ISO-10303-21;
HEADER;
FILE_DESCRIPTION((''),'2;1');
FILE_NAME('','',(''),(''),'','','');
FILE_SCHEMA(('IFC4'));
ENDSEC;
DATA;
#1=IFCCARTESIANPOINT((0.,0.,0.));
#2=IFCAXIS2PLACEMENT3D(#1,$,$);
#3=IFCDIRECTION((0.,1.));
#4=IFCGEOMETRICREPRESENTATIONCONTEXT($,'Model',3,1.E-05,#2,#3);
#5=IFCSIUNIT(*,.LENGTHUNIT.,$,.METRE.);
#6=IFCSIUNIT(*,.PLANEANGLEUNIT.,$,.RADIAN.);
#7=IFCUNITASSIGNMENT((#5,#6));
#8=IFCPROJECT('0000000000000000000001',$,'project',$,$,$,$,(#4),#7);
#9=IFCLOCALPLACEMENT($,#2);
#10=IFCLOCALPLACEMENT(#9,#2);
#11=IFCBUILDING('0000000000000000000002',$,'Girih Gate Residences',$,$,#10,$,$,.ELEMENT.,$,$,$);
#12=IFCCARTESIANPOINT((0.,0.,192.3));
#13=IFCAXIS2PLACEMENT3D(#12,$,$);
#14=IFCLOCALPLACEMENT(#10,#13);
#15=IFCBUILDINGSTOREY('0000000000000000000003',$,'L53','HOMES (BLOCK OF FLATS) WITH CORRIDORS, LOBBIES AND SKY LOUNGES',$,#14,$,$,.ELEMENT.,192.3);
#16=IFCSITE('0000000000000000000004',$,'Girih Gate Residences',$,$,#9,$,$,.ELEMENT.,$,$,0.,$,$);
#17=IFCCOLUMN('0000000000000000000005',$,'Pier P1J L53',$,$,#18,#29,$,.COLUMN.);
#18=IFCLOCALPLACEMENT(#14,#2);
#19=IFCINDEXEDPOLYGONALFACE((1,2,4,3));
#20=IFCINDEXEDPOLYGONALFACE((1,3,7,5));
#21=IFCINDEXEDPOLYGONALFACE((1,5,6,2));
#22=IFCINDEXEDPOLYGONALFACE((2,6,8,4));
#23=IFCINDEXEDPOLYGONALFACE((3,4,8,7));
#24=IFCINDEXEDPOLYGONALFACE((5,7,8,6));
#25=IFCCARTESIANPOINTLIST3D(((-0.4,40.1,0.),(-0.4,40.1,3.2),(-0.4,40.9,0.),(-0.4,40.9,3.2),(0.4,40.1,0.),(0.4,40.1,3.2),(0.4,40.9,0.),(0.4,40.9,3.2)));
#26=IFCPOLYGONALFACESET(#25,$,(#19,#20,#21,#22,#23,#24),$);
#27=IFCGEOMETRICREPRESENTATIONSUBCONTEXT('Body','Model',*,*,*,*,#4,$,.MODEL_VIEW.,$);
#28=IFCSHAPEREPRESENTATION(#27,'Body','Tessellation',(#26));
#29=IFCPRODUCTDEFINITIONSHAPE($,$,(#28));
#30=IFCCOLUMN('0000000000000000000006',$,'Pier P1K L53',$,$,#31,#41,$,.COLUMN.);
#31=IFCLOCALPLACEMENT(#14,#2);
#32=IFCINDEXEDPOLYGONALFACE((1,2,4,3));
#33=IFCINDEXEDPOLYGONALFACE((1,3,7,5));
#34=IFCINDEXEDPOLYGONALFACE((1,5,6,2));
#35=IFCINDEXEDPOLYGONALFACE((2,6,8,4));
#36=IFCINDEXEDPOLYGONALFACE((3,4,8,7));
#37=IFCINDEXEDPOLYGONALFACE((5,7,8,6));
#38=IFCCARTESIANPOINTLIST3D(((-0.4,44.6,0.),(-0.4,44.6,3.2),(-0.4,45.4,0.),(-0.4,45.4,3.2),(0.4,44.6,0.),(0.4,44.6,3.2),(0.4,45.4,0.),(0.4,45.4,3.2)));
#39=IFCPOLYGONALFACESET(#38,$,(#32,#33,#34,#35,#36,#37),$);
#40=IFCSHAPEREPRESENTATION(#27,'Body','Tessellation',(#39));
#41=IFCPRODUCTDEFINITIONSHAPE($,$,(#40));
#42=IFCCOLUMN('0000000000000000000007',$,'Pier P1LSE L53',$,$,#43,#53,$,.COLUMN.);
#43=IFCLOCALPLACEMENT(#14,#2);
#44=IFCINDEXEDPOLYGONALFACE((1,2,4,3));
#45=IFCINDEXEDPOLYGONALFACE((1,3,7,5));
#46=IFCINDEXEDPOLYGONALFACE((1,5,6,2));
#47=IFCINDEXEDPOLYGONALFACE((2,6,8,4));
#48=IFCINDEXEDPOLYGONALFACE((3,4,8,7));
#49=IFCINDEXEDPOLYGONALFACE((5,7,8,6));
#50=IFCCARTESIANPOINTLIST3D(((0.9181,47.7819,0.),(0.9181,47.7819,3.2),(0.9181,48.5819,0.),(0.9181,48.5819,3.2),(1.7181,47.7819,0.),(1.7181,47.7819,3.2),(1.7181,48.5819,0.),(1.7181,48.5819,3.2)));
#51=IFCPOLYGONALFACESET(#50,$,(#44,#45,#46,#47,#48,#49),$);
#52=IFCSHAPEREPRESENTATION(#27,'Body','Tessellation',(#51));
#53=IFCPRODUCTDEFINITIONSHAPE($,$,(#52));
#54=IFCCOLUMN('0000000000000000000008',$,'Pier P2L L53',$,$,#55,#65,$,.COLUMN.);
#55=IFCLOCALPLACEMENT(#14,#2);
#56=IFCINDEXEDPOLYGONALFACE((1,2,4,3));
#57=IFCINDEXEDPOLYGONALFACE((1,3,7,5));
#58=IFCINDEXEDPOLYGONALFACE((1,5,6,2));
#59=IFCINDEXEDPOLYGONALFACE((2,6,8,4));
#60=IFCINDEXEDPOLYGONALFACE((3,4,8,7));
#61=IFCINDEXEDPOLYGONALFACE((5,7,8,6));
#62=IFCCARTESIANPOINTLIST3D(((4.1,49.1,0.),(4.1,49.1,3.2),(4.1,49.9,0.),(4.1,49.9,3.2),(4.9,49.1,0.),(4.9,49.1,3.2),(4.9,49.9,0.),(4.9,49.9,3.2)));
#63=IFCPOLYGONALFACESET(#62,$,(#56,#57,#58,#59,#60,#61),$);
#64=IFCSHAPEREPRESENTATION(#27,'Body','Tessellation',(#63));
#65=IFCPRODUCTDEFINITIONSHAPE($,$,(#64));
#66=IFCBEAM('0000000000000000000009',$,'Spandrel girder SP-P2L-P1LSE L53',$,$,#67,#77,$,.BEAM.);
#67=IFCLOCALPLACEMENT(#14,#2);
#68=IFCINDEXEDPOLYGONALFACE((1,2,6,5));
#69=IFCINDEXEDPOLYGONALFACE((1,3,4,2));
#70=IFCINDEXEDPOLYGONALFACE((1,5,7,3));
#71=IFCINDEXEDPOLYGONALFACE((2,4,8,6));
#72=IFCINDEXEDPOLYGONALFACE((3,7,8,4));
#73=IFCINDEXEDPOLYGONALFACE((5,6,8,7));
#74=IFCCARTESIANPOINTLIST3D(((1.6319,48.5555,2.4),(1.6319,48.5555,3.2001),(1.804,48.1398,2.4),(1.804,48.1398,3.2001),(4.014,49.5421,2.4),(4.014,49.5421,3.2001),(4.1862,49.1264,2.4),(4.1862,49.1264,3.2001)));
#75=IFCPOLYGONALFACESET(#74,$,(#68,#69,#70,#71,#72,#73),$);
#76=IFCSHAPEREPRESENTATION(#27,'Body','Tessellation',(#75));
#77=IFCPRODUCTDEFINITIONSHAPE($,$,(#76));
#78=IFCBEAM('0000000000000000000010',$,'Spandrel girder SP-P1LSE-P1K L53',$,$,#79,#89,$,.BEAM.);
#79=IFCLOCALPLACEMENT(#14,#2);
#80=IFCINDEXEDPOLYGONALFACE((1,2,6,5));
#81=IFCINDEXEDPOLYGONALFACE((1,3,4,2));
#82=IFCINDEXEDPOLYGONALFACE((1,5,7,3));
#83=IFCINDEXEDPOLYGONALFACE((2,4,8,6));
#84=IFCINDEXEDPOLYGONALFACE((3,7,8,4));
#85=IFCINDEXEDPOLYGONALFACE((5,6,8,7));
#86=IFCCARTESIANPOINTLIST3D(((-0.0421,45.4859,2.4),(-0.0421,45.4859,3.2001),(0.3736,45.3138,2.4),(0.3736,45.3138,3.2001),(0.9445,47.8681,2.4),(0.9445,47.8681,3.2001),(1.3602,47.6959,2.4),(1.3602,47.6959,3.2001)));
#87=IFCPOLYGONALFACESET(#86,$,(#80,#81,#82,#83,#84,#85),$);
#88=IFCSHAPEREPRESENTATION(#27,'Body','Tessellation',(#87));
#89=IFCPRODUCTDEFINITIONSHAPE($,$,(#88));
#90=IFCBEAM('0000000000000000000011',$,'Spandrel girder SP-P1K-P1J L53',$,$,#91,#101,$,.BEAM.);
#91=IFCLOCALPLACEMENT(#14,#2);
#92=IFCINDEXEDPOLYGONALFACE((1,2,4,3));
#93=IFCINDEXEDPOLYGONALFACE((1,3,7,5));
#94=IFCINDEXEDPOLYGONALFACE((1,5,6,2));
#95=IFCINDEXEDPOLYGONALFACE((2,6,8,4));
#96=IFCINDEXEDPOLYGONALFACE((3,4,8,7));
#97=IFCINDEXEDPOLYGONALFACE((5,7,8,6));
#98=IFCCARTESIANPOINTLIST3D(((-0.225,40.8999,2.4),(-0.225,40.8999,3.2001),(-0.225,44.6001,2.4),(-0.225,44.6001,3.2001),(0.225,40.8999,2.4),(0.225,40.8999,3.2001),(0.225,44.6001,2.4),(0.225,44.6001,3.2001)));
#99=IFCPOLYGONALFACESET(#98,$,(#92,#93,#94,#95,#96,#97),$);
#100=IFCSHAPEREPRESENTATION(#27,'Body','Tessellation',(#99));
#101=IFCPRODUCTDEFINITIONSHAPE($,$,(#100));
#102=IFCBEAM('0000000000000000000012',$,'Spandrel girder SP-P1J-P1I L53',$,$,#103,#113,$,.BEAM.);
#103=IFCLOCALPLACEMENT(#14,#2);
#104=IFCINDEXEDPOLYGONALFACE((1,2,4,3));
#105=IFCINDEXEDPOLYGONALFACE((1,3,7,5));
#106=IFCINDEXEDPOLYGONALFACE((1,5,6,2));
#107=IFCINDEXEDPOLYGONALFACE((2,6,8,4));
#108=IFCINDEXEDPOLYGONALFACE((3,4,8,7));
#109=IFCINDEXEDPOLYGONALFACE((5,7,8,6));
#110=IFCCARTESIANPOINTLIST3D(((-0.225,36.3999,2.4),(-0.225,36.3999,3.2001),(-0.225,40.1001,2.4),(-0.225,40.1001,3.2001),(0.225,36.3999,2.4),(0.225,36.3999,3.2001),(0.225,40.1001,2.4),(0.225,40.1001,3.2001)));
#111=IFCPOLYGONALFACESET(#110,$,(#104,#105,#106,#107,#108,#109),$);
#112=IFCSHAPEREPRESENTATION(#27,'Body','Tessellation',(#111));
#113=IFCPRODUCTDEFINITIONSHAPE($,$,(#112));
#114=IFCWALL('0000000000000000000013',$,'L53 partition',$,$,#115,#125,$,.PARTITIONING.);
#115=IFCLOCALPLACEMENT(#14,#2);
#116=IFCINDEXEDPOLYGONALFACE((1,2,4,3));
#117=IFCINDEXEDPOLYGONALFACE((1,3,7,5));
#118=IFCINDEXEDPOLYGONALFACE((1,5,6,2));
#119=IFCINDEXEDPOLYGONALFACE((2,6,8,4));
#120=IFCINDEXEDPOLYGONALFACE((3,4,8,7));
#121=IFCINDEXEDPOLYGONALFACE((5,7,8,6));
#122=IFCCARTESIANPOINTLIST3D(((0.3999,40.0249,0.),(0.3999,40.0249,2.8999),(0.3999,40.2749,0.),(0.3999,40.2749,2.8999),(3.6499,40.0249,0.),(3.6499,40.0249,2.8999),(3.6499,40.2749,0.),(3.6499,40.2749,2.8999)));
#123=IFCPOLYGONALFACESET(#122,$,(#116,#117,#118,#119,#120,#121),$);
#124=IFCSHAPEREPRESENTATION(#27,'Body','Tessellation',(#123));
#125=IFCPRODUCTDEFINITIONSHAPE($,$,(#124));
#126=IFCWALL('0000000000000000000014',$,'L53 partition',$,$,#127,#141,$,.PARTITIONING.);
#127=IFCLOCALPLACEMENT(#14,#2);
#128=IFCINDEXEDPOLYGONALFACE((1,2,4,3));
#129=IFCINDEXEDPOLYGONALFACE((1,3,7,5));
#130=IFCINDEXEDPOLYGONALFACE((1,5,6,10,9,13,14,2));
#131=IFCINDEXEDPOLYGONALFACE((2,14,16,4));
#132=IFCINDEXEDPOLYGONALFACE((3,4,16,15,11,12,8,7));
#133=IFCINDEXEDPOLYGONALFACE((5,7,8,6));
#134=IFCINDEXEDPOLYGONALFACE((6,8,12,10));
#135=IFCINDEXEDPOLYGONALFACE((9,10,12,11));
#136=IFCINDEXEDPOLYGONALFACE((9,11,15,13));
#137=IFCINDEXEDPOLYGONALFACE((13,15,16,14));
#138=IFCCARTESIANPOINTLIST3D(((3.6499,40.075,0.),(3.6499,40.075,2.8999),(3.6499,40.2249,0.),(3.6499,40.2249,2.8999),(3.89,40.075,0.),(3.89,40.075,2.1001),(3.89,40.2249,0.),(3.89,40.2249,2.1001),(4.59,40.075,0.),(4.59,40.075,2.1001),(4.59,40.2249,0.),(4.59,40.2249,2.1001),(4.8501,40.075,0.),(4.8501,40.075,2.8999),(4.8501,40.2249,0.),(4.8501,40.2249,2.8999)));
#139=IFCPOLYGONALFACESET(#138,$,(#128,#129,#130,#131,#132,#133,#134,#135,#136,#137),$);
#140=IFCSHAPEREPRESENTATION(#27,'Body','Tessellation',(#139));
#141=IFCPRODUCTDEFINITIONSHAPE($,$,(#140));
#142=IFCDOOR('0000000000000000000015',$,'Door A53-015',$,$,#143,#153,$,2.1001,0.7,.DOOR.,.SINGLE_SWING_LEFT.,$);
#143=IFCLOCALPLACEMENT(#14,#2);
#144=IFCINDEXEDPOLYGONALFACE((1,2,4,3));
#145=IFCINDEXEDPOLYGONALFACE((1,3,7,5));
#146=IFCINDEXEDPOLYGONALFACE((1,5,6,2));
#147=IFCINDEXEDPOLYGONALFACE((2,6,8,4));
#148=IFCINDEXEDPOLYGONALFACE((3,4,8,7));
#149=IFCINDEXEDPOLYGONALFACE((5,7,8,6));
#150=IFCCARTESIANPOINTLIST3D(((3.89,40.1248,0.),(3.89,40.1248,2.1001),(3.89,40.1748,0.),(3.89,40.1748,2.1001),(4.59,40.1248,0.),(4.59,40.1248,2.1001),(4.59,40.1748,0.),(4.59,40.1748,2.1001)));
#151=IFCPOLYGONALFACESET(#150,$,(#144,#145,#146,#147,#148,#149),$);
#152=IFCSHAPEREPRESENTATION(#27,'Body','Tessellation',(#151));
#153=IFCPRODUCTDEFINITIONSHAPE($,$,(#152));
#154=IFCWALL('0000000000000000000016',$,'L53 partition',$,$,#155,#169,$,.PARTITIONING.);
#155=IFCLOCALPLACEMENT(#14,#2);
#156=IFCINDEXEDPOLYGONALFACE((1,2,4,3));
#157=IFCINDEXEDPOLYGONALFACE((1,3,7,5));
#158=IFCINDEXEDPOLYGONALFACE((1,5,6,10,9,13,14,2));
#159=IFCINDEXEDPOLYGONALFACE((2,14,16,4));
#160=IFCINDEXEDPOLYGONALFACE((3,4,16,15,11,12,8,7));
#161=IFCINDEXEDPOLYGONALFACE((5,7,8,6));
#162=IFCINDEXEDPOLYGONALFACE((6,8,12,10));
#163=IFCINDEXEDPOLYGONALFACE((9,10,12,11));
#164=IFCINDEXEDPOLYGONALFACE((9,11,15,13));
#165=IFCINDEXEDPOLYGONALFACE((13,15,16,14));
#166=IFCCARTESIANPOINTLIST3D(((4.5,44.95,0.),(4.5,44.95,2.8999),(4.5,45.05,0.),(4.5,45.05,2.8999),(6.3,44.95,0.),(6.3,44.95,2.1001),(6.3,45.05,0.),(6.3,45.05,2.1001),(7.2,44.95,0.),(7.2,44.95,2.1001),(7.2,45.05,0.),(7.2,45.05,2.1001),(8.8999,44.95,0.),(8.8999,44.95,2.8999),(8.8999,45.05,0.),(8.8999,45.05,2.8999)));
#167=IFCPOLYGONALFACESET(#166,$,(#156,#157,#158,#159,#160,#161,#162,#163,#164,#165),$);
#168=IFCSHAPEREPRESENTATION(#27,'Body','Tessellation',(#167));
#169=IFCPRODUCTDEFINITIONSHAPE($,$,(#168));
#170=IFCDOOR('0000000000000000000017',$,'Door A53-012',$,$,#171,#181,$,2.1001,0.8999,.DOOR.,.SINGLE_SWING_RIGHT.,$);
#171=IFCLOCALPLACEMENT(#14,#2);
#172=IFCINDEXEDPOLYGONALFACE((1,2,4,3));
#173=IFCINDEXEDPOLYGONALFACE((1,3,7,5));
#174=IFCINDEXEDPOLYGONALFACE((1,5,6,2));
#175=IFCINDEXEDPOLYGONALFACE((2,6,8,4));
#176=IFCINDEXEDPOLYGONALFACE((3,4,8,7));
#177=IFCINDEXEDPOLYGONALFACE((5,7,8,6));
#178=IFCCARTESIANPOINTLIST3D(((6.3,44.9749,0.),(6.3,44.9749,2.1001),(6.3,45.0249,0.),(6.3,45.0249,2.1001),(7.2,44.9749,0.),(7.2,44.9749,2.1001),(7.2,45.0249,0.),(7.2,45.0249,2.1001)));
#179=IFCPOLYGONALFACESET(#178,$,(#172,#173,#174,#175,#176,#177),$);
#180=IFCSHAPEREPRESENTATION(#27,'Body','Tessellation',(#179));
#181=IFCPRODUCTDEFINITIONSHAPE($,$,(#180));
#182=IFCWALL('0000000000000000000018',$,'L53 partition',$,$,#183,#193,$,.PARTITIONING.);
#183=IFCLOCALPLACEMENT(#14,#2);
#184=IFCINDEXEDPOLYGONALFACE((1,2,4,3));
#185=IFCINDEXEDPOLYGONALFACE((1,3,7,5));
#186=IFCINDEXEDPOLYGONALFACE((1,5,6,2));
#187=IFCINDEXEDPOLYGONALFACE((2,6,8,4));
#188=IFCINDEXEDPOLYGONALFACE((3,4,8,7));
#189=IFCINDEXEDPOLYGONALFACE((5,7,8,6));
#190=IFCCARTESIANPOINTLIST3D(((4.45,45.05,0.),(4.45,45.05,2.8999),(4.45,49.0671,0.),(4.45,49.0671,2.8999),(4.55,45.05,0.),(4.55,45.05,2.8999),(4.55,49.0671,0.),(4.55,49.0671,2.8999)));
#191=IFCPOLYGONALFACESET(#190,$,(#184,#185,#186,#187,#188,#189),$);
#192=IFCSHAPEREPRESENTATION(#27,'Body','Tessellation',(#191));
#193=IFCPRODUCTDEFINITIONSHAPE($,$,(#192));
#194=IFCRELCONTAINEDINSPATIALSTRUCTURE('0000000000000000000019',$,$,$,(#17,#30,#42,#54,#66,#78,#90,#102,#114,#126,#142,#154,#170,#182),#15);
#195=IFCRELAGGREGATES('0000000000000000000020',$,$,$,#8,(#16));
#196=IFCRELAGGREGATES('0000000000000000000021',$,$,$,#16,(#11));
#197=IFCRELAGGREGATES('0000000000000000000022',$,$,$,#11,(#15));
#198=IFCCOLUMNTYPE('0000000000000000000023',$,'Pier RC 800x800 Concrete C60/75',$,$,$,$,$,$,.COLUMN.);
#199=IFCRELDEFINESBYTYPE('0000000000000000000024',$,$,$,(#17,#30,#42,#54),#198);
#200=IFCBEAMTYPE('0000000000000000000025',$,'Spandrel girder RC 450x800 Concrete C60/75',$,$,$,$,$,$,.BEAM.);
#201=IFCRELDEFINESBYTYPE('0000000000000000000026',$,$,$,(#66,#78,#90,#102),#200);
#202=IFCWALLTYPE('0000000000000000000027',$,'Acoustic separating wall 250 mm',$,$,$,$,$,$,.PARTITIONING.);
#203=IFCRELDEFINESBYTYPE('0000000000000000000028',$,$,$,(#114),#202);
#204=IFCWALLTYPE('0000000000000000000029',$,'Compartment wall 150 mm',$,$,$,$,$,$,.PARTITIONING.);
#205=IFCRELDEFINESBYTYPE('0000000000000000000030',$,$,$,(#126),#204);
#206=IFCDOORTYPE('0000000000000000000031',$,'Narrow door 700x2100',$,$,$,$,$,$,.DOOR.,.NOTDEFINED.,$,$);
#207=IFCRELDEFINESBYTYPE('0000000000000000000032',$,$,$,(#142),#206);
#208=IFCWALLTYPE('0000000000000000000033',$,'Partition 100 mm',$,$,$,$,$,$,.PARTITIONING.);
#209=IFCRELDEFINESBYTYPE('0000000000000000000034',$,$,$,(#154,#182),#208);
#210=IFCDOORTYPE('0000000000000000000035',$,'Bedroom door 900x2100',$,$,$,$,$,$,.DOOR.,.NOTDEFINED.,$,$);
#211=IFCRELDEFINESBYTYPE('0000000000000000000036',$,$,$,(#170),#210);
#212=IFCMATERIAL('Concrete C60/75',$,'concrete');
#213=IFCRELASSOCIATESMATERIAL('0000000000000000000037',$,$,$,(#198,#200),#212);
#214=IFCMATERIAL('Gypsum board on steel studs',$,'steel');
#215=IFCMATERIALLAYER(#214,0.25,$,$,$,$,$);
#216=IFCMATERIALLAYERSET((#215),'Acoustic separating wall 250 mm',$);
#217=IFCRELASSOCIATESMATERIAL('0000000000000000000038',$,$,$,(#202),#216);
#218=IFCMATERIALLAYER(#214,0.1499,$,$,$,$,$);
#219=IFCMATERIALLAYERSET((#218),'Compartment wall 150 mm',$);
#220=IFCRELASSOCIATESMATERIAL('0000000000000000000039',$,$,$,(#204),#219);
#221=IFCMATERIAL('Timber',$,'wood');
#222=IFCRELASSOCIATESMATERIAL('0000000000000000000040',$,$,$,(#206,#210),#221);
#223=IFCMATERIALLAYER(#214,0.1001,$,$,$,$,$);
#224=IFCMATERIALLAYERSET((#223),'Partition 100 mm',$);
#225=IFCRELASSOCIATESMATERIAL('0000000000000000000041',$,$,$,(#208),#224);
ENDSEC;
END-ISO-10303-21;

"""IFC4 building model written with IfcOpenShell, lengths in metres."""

from ifc_helpers import new_model, si_unit, direction, frame, frame_2d, origin, origin_2d, place, context, subcontext, project, spatial, rectangle, extrude, material, layer, layer_set, material_profile, profile_set, type_object, element, fill, save


model = new_model("IFC4")

# Units and contexts
model_context = context("Model", 3, precision=1e-05, world=origin(), true_north=direction((0.0, 1.0)))
body_context = subcontext(model_context, "Body", "Model", "MODEL_VIEW")
ifc_project = project(units=[si_unit("LENGTHUNIT", "METRE"), si_unit("PLANEANGLEUNIT", "RADIAN")], contexts=[model_context])

# Site, building, storey
site_placement = place(None, origin())
site = spatial("IfcSite", under=ifc_project, at=site_placement, Name="Girih Gate Residences", CompositionType="ELEMENT", RefElevation=0.0)
building_placement = place(site_placement, origin())
building = spatial("IfcBuilding", under=site, at=building_placement, Name="Girih Gate Residences", CompositionType="ELEMENT")
storey_placement = place(building_placement, frame((0.0, 0.0, 192.3)))
storey = spatial("IfcBuildingStorey", under=building, at=storey_placement, Name="L53", Description="HOMES (BLOCK OF FLATS) WITH CORRIDORS, LOBBIES AND SKY LOUNGES", CompositionType="ELEMENT", Elevation=192.3)

# Columns
ifc_material_1 = material(Name="Concrete C60/75", Category="concrete")
ifc_material_profile_1 = material_profile(ifc_material_1, rectangle(XDim=0.8, YDim=0.8, at=origin_2d()))
ifc_profile_set_1 = profile_set([ifc_material_profile_1], Name="Concrete C60/75")
column_type = type_object("IfcColumnType", Name="Pier RC 800x800 Concrete C60/75", PredefinedType="COLUMN", material=ifc_profile_set_1)
for number, where, z_axis, x_axis, name in (
    (1, (0.0, 40.5, 0.0), (0.0, 0.0, 1.0), (1.0, 0.0, 0.0), "Pier P1J L53"),
    (2, (0.0, 45.0, 0.0), (0.0, 0.0, 1.0), (1.0, 0.0, 0.0), "Pier P1K L53"),
    (3, (1.3181, 48.1819, 0.0), (0.0, 0.0, 1.0), (1.0, 0.0, 0.0), "Pier P1LSE L53"),
    (4, (4.5, 49.5, 0.0), (0.0, 0.0, 1.0), (1.0, 0.0, 0.0), "Pier P2L L53"),
):
    element("IfcColumn", number, at=place(storey_placement, frame(where, z_axis=z_axis, x_axis=x_axis)), inside=storey, type_object=column_type, Name=name, PredefinedType="COLUMN", context=body_context, shape_type="SweptSolid", body=[
        extrude(rectangle(XDim=0.8, YDim=0.8, at=origin_2d()), origin(), (0.0, 0.0, 1.0), 3.2),
    ])

# Beams
ifc_material_profile_2 = material_profile(ifc_material_1, rectangle(XDim=0.45, YDim=0.8, at=origin_2d()))
ifc_profile_set_2 = profile_set([ifc_material_profile_2], Name="Concrete C60/75")
beam_type = type_object("IfcBeamType", Name="Spandrel girder RC 450x800 Concrete C60/75", PredefinedType="BEAM", material=ifc_profile_set_2)
for number, where, z_axis, x_axis, name in (
    (5, (4.1001, 49.3342, 2.8), (-0.923896, -0.382644, 0.0), (0.382644, -0.923896, 0.0), "Spandrel girder SP-P2L-P1LSE L53"),
    (6, (1.1523, 47.782, 2.8), (-0.382644, -0.923896, 0.0), (0.923896, -0.382644, 0.0), "Spandrel girder SP-P1LSE-P1K L53"),
):
    element("IfcBeam", number, at=place(storey_placement, frame(where, z_axis=z_axis, x_axis=x_axis)), inside=storey, type_object=beam_type, Name=name, PredefinedType="BEAM", context=body_context, shape_type="SweptSolid", body=[
        extrude(rectangle(XDim=0.45, YDim=0.8, at=origin_2d()), origin(), (0.0, 0.0, 1.0), 2.5784),
    ])
for number, where, z_axis, x_axis, name in (
    (7, (0.0, 44.6001, 2.8), (0.0, -1.0, 0.0), (1.0, 0.0, 0.0), "Spandrel girder SP-P1K-P1J L53"),
    (8, (0.0, 40.1001, 2.8), (0.0, -1.0, 0.0), (1.0, 0.0, 0.0), "Spandrel girder SP-P1J-P1I L53"),
):
    element("IfcBeam", number, at=place(storey_placement, frame(where, z_axis=z_axis, x_axis=x_axis)), inside=storey, type_object=beam_type, Name=name, PredefinedType="BEAM", context=body_context, shape_type="SweptSolid", body=[
        extrude(rectangle(XDim=0.45, YDim=0.8, at=origin_2d()), origin(), (0.0, 0.0, 1.0), 3.7002),
    ])

# Wall
ifc_material_2 = material(Name="Gypsum board on steel studs", Category="steel")
ifc_layer_1 = layer(ifc_material_2, 0.25)
ifc_layer_set_1 = layer_set([ifc_layer_1], Name="Acoustic separating wall 250 mm")
wall_type_1 = type_object("IfcWallType", Name="Acoustic separating wall 250 mm", PredefinedType="PARTITIONING", material=ifc_layer_set_1)
wall_1_placement = place(storey_placement, frame((0.3999, 40.1499, 0.0), z_axis=(0.0, 0.0, 1.0), x_axis=(1.0, 0.0, 0.0)))
element("IfcWall", 9, at=wall_1_placement, inside=storey, type_object=wall_type_1, Name="L53 partition", PredefinedType="PARTITIONING", context=body_context, shape_type="SweptSolid", body=[
    extrude(rectangle(XDim=3.25, YDim=0.25, at=frame_2d((1.625, 0.0))), origin(), (0.0, 0.0, 1.0), 2.8999),
])

# Walls, openings, doors
ifc_layer_2 = layer(ifc_material_2, 0.1499)
ifc_layer_set_2 = layer_set([ifc_layer_2], Name="Compartment wall 150 mm")
wall_type_2 = type_object("IfcWallType", Name="Compartment wall 150 mm", PredefinedType="PARTITIONING", material=ifc_layer_set_2)
wall_2_placement = place(storey_placement, frame((3.6499, 40.1499, 0.0), z_axis=(0.0, 0.0, 1.0), x_axis=(1.0, 0.0, 0.0)))
wall_2 = element("IfcWall", 10, at=wall_2_placement, inside=storey, type_object=wall_type_2, Name="L53 partition", PredefinedType="PARTITIONING", context=body_context, shape_type="SweptSolid", body=[
    extrude(rectangle(XDim=1.2002, YDim=0.1499, at=frame_2d((0.6001, 0.0))), origin(), (0.0, 0.0, 1.0), 2.8999),
])
opening_1_placement = place(wall_2_placement, frame((0.24, 0.0, 0.0)))
opening_1 = element("IfcOpeningElement", 11, at=opening_1_placement, cuts=wall_2, PredefinedType="OPENING", context=body_context, shape_type="SweptSolid", body=[
    extrude(rectangle(XDim=0.7, YDim=2.1001, at=frame_2d((0.3501, 1.05))), frame((0.0, 0.085, 0.0), z_axis=(0.0, -1.0, 0.0), x_axis=(1.0, 0.0, 0.0)), (0.0, 0.0, 1.0), 0.1699),
])
ifc_material_3 = material(Name="Timber", Category="wood")
door_type_1 = type_object("IfcDoorType", Name="Narrow door 700x2100", OperationType="NOTDEFINED", PredefinedType="DOOR", material=ifc_material_3)
door_1_placement = place(opening_1_placement, origin())
door_1 = element("IfcDoor", 12, at=door_1_placement, inside=storey, type_object=door_type_1, Name="Door A53-015", OperationType="SINGLE_SWING_LEFT", OverallHeight=2.1001, OverallWidth=0.7, PredefinedType="DOOR", context=body_context, shape_type="SweptSolid", body=[
    extrude(rectangle(XDim=0.7, YDim=2.1001, at=frame_2d((0.3501, 1.05))), frame((0.0, 0.0249, 0.0), z_axis=(0.0, -1.0, 0.0), x_axis=(1.0, 0.0, 0.0)), (0.0, 0.0, 1.0), 0.05),
])
fill(opening_1, door_1)
ifc_layer_3 = layer(ifc_material_2, 0.1001)
ifc_layer_set_3 = layer_set([ifc_layer_3], Name="Partition 100 mm")
wall_type_3 = type_object("IfcWallType", Name="Partition 100 mm", PredefinedType="PARTITIONING", material=ifc_layer_set_3)
wall_3_placement = place(storey_placement, frame((4.5, 45.0, 0.0), z_axis=(0.0, 0.0, 1.0), x_axis=(1.0, 0.0, 0.0)))
wall_3 = element("IfcWall", 13, at=wall_3_placement, inside=storey, type_object=wall_type_3, Name="L53 partition", PredefinedType="PARTITIONING", context=body_context, shape_type="SweptSolid", body=[
    extrude(rectangle(XDim=4.3999, YDim=0.1001, at=frame_2d((2.2, 0.0))), origin(), (0.0, 0.0, 1.0), 2.8999),
])
opening_2_placement = place(wall_3_placement, frame((1.8, 0.0, 0.0)))
opening_2 = element("IfcOpeningElement", 14, at=opening_2_placement, cuts=wall_3, PredefinedType="OPENING", context=body_context, shape_type="SweptSolid", body=[
    extrude(rectangle(XDim=0.8999, YDim=2.1001, at=frame_2d((0.45, 1.05))), frame((0.0, 0.0601, 0.0), z_axis=(0.0, -1.0, 0.0), x_axis=(1.0, 0.0, 0.0)), (0.0, 0.0, 1.0), 0.1201),
])
door_type_2 = type_object("IfcDoorType", Name="Bedroom door 900x2100", OperationType="NOTDEFINED", PredefinedType="DOOR", material=ifc_material_3)
door_2_placement = place(opening_2_placement, origin())
door_2 = element("IfcDoor", 15, at=door_2_placement, inside=storey, type_object=door_type_2, Name="Door A53-012", OperationType="SINGLE_SWING_RIGHT", OverallHeight=2.1001, OverallWidth=0.8999, PredefinedType="DOOR", context=body_context, shape_type="SweptSolid", body=[
    extrude(rectangle(XDim=0.8999, YDim=2.1001, at=frame_2d((0.45, 1.05))), frame((0.0, 0.0249, 0.0), z_axis=(0.0, -1.0, 0.0), x_axis=(1.0, 0.0, 0.0)), (0.0, 0.0, 1.0), 0.05),
])
fill(opening_2, door_2)

# Wall
wall_4_placement = place(storey_placement, frame((4.5, 45.05, 0.0), z_axis=(0.0, 0.0, 1.0), x_axis=(0.0, 1.0, 0.0)))
element("IfcWall", 16, at=wall_4_placement, inside=storey, type_object=wall_type_3, Name="L53 partition", PredefinedType="PARTITIONING", context=body_context, shape_type="SweptSolid", body=[
    extrude(rectangle(XDim=4.0171, YDim=0.1001, at=frame_2d((2.0085, 0.0))), origin(), (0.0, 0.0, 1.0), 2.8999),
])

save(model, "model.ifc")
